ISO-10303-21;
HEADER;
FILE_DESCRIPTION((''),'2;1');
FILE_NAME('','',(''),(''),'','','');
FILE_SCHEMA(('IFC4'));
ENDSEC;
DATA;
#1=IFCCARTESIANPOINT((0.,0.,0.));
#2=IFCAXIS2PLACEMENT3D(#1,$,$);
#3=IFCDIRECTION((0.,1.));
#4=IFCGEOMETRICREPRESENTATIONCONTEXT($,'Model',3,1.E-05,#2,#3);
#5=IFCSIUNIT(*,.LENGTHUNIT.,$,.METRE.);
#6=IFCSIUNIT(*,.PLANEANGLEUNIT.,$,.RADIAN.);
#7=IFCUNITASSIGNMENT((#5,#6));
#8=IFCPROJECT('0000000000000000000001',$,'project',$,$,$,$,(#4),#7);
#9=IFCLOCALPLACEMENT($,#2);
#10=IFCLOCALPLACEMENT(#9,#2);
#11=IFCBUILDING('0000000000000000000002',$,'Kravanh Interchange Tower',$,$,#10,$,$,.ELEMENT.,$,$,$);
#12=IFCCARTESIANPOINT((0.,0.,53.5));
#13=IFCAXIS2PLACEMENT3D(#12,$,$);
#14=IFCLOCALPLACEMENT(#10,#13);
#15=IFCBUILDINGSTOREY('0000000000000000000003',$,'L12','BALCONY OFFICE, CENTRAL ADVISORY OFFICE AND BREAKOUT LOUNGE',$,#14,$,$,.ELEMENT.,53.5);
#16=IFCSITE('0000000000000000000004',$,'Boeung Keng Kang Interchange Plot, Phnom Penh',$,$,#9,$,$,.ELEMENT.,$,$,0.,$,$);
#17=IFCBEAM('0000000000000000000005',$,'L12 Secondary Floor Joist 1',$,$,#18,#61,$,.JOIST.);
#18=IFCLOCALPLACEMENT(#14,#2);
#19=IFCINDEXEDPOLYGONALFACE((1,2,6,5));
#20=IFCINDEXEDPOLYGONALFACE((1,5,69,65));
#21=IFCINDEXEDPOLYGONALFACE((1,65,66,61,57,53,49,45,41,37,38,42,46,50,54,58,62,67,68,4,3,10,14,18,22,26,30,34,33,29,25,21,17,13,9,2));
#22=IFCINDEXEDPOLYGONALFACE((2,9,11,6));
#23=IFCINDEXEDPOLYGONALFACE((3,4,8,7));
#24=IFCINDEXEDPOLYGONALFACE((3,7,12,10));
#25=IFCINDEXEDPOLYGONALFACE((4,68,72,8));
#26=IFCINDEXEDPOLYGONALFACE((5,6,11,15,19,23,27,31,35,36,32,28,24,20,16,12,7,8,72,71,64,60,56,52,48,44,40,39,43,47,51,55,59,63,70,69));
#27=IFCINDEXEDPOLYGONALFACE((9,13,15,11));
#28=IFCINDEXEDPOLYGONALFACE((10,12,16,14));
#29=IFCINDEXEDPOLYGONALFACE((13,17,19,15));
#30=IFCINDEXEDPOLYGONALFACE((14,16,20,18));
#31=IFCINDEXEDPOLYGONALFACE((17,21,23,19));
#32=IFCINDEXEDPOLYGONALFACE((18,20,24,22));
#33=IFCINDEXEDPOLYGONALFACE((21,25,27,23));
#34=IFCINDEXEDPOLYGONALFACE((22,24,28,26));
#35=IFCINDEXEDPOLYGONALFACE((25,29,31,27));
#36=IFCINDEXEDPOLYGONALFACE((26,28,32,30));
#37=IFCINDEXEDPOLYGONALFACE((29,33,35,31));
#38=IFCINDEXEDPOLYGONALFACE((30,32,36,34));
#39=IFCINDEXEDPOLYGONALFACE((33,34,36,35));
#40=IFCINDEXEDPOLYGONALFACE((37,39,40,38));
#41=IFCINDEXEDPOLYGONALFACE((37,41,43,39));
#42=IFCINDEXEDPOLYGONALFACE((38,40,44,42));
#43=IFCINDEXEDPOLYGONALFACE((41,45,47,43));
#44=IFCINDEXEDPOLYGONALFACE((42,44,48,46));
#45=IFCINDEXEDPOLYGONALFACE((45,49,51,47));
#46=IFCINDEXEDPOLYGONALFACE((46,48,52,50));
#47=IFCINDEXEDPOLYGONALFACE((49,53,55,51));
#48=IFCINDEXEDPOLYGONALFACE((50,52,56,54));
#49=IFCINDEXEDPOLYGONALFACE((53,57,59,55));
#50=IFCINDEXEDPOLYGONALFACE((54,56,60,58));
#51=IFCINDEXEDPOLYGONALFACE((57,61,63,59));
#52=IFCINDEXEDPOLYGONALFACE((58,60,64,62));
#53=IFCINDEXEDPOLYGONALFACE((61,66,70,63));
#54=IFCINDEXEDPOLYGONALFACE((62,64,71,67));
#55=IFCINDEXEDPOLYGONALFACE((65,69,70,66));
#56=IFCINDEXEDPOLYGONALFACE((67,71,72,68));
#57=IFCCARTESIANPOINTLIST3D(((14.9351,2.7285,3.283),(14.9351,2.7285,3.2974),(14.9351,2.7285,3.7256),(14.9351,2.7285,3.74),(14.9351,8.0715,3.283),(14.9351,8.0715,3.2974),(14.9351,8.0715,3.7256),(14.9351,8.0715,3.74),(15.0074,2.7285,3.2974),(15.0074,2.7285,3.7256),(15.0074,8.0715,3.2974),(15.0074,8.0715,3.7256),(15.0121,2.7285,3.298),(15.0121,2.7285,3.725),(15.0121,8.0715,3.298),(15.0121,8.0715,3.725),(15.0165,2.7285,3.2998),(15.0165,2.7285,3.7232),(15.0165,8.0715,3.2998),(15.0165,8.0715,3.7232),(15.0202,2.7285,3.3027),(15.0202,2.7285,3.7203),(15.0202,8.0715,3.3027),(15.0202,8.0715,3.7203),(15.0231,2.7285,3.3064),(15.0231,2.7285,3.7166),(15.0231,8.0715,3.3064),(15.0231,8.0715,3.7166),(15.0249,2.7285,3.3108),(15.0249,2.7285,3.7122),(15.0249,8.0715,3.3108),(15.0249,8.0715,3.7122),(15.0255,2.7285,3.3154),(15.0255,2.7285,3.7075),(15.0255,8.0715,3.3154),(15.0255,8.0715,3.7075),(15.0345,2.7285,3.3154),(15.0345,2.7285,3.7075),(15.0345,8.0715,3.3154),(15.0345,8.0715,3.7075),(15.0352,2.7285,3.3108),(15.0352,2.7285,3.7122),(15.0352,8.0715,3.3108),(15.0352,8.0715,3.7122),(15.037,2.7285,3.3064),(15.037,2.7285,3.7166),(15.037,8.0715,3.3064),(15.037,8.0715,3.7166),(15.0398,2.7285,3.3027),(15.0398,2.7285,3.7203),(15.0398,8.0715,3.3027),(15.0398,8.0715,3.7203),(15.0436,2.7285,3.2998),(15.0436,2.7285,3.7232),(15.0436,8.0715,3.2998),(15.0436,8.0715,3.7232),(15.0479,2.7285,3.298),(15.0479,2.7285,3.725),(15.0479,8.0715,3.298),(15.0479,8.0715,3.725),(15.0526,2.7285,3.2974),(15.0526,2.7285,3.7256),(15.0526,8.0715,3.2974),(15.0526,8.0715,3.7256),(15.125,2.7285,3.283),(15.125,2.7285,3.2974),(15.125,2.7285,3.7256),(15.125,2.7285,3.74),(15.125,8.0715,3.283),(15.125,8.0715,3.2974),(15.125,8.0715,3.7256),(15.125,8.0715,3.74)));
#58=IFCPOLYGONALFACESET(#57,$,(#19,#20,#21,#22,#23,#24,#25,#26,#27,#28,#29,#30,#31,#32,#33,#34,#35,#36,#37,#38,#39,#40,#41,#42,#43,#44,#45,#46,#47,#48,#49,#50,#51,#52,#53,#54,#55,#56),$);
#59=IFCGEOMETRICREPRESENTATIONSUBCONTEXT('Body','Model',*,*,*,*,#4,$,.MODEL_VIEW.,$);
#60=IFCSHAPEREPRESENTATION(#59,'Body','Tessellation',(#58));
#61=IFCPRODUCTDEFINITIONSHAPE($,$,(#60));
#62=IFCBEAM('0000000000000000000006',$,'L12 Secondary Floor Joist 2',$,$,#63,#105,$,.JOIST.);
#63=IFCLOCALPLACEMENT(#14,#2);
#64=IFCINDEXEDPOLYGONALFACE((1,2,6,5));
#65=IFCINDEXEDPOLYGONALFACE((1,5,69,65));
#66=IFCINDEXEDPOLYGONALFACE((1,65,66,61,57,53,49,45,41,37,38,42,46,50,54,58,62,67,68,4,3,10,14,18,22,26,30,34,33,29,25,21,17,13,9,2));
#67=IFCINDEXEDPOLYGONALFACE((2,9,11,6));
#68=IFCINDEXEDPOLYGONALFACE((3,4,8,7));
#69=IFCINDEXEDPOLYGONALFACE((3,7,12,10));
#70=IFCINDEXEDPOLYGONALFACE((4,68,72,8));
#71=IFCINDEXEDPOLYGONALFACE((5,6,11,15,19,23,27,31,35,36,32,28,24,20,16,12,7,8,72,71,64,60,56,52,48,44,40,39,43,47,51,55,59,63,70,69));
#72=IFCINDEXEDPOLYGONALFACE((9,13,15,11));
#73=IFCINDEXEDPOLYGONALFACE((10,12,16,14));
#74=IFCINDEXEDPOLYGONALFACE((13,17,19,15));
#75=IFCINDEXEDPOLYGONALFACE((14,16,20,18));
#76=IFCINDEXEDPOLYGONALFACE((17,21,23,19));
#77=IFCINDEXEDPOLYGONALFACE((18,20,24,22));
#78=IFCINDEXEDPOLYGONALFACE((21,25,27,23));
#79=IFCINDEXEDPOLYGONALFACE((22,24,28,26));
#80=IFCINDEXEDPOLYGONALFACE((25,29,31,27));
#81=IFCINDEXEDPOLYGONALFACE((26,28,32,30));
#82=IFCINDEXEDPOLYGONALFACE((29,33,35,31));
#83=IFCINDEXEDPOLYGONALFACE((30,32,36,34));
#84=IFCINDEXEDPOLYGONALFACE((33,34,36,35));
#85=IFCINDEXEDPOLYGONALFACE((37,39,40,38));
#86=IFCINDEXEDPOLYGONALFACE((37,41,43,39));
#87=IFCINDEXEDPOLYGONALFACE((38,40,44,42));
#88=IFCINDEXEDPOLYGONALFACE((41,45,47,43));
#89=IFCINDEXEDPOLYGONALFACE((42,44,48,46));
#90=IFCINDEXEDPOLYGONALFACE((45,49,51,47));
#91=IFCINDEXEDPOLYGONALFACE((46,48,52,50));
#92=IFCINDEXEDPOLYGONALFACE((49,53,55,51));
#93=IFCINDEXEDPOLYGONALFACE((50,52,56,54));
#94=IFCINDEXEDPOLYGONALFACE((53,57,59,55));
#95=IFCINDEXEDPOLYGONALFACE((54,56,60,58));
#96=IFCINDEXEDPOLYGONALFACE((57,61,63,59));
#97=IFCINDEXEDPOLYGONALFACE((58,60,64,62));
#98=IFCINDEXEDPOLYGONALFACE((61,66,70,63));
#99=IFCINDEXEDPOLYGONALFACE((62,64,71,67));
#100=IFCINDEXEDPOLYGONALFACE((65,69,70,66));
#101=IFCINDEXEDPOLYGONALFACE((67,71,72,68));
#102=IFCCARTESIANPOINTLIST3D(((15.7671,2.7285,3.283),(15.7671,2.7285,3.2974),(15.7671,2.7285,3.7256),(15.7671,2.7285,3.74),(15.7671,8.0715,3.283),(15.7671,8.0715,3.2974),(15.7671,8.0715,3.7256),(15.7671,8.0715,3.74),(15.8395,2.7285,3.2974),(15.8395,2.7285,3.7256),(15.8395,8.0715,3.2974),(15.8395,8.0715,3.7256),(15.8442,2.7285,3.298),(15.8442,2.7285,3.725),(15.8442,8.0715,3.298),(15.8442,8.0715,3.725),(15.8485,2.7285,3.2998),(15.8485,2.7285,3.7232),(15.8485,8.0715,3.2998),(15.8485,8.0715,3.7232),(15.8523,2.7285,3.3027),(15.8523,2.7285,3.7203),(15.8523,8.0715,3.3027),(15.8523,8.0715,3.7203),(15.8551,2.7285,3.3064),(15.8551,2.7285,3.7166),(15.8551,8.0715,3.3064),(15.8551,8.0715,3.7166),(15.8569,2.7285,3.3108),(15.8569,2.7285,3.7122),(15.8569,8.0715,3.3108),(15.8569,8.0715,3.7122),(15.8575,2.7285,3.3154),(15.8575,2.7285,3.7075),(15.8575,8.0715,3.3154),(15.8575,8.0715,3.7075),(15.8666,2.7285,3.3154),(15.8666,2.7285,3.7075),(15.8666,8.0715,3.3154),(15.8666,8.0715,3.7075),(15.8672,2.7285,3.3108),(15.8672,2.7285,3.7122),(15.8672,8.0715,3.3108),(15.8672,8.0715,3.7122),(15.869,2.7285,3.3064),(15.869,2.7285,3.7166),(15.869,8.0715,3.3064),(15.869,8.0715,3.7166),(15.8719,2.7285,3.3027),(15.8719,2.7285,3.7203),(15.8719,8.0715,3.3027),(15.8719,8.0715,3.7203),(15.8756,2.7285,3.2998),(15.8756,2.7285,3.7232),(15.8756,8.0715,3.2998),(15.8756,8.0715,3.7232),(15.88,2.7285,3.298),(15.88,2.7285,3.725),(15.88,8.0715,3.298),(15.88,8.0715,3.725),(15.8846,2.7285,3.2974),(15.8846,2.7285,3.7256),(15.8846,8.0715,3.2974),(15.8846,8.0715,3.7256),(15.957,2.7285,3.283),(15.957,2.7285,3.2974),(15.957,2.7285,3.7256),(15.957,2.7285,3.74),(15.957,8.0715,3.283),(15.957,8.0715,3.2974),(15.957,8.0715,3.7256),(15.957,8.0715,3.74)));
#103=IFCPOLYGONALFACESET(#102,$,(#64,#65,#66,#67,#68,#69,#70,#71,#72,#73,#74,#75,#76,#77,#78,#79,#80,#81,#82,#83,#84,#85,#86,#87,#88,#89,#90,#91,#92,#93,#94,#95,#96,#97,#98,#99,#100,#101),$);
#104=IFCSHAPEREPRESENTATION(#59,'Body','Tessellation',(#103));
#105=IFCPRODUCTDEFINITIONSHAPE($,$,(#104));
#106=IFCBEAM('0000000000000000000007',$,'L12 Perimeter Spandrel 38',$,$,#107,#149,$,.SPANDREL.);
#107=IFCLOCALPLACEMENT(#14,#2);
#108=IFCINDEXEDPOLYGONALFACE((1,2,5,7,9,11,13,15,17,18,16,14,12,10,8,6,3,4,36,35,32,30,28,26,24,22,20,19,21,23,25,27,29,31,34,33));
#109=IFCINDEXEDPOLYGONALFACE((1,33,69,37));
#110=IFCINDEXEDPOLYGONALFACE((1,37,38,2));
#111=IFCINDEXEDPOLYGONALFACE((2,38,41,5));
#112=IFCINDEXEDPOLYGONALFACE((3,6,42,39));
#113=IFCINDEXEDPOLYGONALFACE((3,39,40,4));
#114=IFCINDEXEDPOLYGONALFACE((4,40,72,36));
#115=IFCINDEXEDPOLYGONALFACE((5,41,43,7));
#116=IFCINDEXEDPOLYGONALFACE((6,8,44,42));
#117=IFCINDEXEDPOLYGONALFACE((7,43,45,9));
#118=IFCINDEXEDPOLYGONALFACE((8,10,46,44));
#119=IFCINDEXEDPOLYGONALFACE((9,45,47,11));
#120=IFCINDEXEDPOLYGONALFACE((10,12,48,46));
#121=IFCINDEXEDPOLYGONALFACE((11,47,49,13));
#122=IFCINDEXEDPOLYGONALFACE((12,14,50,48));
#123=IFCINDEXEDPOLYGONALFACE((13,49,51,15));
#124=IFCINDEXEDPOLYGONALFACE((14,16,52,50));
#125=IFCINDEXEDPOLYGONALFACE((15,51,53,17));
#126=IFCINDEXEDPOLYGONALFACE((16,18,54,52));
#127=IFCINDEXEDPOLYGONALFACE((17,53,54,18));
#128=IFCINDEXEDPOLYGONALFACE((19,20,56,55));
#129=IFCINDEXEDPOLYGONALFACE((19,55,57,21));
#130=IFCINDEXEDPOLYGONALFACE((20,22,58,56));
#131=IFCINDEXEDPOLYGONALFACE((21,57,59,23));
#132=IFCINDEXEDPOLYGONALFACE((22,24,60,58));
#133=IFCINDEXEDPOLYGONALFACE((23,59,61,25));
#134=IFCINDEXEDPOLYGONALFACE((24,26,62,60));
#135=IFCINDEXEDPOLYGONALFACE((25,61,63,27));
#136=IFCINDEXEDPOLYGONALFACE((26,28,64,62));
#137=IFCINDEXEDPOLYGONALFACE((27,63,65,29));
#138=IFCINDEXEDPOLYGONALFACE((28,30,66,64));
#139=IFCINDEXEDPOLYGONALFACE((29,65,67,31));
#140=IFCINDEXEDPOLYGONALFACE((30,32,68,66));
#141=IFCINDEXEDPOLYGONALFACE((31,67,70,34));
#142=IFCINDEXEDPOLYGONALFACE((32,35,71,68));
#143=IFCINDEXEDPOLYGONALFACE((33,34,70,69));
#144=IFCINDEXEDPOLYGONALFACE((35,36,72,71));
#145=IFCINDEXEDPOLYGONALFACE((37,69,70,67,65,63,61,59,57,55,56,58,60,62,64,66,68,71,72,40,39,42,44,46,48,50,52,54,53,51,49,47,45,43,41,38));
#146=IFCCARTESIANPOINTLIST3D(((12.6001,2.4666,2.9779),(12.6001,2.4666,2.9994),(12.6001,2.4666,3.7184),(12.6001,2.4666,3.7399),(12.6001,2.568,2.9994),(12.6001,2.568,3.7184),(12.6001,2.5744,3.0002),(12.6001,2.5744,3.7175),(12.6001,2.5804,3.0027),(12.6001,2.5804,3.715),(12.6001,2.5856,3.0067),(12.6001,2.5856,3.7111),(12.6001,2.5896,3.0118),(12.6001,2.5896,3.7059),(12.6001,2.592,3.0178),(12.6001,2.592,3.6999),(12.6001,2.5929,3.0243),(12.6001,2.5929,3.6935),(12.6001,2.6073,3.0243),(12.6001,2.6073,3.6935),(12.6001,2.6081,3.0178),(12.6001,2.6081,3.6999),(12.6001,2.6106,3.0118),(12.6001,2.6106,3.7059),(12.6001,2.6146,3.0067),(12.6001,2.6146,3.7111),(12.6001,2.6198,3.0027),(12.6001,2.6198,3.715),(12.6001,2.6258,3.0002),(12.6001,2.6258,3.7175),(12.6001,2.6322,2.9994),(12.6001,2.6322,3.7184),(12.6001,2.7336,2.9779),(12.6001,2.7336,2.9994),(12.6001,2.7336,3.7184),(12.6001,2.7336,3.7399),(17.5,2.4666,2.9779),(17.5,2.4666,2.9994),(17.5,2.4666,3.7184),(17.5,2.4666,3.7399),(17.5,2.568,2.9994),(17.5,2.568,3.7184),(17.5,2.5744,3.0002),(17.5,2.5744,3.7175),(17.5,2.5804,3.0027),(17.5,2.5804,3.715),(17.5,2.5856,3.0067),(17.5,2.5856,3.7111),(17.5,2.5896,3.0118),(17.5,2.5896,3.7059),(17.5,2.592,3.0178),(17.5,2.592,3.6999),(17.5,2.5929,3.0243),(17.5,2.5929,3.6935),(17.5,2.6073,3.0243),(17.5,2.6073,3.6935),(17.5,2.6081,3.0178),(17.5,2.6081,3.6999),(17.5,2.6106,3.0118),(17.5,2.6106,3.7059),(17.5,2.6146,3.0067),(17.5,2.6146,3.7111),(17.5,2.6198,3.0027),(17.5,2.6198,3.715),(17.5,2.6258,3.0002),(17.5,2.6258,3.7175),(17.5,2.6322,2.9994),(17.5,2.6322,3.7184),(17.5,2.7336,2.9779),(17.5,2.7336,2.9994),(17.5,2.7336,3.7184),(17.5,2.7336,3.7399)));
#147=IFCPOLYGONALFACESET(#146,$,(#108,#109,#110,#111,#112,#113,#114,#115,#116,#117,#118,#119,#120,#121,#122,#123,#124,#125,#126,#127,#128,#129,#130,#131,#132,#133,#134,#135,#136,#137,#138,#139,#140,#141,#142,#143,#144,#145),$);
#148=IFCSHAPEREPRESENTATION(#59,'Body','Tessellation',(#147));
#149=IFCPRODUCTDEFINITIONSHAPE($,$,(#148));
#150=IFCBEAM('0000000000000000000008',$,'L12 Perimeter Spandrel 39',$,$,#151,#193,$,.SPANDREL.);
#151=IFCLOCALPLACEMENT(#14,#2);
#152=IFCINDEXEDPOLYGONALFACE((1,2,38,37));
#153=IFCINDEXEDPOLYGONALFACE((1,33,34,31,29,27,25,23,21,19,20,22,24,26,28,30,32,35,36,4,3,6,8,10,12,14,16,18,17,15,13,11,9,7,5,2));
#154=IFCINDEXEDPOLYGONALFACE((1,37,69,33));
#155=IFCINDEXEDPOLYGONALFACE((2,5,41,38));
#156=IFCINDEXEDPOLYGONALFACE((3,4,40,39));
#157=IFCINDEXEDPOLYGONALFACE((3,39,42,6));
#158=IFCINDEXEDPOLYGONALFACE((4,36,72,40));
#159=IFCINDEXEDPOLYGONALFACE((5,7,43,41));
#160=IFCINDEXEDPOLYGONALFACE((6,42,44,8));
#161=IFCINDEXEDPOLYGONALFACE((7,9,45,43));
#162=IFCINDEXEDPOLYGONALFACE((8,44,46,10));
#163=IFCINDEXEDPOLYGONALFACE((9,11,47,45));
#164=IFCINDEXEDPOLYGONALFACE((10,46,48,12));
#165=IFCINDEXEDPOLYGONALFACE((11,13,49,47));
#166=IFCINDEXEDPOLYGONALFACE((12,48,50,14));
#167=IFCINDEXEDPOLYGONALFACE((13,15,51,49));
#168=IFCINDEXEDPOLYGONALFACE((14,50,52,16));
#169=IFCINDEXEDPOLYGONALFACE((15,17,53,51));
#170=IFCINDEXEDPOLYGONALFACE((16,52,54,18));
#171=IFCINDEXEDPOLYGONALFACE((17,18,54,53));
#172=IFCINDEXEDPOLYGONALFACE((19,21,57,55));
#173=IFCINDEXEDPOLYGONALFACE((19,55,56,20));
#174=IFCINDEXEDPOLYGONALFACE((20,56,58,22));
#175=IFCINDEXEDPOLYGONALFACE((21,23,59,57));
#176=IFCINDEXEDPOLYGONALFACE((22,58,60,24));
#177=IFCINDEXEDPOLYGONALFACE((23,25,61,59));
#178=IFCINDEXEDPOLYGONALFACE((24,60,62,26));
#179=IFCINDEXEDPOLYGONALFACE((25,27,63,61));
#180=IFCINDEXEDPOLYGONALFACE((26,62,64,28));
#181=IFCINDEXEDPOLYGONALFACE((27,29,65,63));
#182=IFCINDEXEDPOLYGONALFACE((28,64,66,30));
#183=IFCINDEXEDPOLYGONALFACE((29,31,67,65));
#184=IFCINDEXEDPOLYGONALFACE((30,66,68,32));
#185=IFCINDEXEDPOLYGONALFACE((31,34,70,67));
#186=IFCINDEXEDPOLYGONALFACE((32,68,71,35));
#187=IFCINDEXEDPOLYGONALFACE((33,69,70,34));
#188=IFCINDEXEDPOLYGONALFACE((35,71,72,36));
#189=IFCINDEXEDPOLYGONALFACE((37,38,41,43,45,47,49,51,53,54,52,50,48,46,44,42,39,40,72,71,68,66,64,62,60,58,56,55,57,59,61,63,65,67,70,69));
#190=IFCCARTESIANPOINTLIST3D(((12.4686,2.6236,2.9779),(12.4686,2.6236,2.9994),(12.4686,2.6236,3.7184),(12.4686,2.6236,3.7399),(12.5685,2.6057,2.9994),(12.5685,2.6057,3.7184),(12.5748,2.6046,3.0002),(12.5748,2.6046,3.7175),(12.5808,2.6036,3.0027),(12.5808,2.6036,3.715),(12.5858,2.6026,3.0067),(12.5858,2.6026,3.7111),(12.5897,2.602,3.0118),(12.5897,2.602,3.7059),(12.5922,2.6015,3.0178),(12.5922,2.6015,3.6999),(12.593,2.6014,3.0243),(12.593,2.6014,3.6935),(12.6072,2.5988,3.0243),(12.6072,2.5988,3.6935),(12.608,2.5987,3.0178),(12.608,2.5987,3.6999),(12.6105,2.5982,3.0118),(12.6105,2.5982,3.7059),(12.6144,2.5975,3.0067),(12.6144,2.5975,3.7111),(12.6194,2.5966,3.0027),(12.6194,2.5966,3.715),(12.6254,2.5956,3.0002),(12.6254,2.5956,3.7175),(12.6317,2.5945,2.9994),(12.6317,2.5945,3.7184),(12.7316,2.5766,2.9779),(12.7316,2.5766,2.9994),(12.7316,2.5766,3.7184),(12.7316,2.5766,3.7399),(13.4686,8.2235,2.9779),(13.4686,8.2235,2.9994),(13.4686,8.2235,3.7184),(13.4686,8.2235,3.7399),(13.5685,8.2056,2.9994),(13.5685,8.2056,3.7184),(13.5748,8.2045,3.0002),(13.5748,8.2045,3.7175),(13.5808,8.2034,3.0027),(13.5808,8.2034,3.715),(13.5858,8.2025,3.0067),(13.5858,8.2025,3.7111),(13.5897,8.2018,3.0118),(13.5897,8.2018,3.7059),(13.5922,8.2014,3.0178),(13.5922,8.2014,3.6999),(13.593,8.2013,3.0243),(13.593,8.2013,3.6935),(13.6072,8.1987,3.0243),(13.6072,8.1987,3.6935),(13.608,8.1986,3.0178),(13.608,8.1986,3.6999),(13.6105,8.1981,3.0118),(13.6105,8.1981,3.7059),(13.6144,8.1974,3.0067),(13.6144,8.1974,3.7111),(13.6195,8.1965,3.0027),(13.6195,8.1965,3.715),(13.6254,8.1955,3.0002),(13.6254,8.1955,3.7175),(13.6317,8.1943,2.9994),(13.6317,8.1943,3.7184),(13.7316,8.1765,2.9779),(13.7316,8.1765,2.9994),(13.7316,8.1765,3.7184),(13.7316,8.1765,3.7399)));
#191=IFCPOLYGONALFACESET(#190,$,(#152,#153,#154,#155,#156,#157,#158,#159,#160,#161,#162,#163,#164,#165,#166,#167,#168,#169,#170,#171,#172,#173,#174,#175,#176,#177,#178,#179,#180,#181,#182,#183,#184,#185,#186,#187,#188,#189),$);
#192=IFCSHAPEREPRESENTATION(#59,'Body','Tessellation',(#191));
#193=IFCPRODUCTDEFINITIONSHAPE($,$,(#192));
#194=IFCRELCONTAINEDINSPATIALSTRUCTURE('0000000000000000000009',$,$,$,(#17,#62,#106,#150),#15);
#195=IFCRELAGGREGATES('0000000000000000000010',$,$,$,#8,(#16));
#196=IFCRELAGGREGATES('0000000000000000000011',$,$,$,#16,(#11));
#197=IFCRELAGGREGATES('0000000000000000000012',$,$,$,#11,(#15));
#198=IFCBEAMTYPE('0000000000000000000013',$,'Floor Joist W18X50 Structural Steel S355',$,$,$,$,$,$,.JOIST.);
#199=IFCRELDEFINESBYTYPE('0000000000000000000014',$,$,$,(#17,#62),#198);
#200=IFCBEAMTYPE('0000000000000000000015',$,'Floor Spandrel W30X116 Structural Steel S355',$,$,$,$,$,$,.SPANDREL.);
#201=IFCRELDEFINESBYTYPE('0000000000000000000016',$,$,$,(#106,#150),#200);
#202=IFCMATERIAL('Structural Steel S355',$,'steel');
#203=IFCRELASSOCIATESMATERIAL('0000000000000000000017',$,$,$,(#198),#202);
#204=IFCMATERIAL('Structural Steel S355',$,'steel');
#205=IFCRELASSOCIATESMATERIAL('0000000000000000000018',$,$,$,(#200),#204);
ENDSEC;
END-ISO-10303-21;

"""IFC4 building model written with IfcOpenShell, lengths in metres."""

from ifc_helpers import new_model, si_unit, direction, frame, origin, origin_2d, place, context, subcontext, project, spatial, i_section, extrude, material, material_profile, profile_set, type_object, element, save


model = new_model("IFC4")

# Units and contexts
model_context = context("Model", 3, precision=1e-05, world=origin(), true_north=direction((0.0, 1.0)))
body_context = subcontext(model_context, "Body", "Model", "MODEL_VIEW")
ifc_project = project(units=[si_unit("LENGTHUNIT", "METRE"), si_unit("PLANEANGLEUNIT", "RADIAN")], contexts=[model_context])

# Site, building, storey
site_placement = place(None, origin())
site = spatial("IfcSite", under=ifc_project, at=site_placement, Name="Boeung Keng Kang Interchange Plot, Phnom Penh", CompositionType="ELEMENT", RefElevation=0.0)
building_placement = place(site_placement, origin())
building = spatial("IfcBuilding", under=site, at=building_placement, Name="Kravanh Interchange Tower", CompositionType="ELEMENT")
storey_placement = place(building_placement, frame((0.0, 0.0, 53.5)))
storey = spatial("IfcBuildingStorey", under=building, at=storey_placement, Name="L12", Description="BALCONY OFFICE, CENTRAL ADVISORY OFFICE AND BREAKOUT LOUNGE", CompositionType="ELEMENT", Elevation=53.5)

# Beams
ifc_material_1 = material(Name="Structural Steel S355", Category="steel")
ifc_material_profile_1 = material_profile(ifc_material_1, i_section(OverallWidth=0.1899, OverallDepth=0.457, WebThickness=0.009, FlangeThickness=0.0144, FilletRadius=0.0181, at=origin_2d()), Name="W18X50")
ifc_profile_set_1 = profile_set([ifc_material_profile_1], Name="Structural Steel S355")
beam_type_1 = type_object("IfcBeamType", Name="Floor Joist W18X50 Structural Steel S355", PredefinedType="JOIST", material=ifc_profile_set_1)
for number, where, z_axis, x_axis, name in (
    (1, (15.03, 2.7285, 3.5115), (0.0, 1.0, 0.0), (-1.0, 0.0, 0.0), "L12 Secondary Floor Joist 1"),
    (2, (15.8621, 2.7285, 3.5115), (0.0, 1.0, 0.0), (-1.0, 0.0, 0.0), "L12 Secondary Floor Joist 2"),
):
    element("IfcBeam", number, at=place(storey_placement, frame(where, z_axis=z_axis, x_axis=x_axis)), inside=storey, type_object=beam_type_1, Name=name, PredefinedType="JOIST", context=body_context, shape_type="SweptSolid", body=[
        extrude(i_section(OverallWidth=0.1899, OverallDepth=0.457, WebThickness=0.009, FlangeThickness=0.0144, FilletRadius=0.0181, at=origin_2d()), origin(), (0.0, 0.0, 1.0), 5.343),
    ])
ifc_material_2 = material(Name="Structural Steel S355", Category="steel")
ifc_material_profile_2 = material_profile(ifc_material_2, i_section(OverallWidth=0.2671, OverallDepth=0.762, WebThickness=0.0144, FlangeThickness=0.0215, FilletRadius=0.0249, at=origin_2d()), Name="W30X116")
ifc_profile_set_2 = profile_set([ifc_material_profile_2], Name="Structural Steel S355")
beam_type_2 = type_object("IfcBeamType", Name="Floor Spandrel W30X116 Structural Steel S355", PredefinedType="SPANDREL", material=ifc_profile_set_2)
beam_1_placement = place(storey_placement, frame((12.6001, 2.6001, 3.3589), z_axis=(1.0, 0.0, 0.0), x_axis=(0.0, 1.0, 0.0)))
element("IfcBeam", 3, at=beam_1_placement, inside=storey, type_object=beam_type_2, Name="L12 Perimeter Spandrel 38", PredefinedType="SPANDREL", context=body_context, shape_type="SweptSolid", body=[
    extrude(i_section(OverallWidth=0.2671, OverallDepth=0.762, WebThickness=0.0144, FlangeThickness=0.0215, FilletRadius=0.0249, at=origin_2d()), origin(), (0.0, 0.0, 1.0), 4.8999),
])
beam_2_placement = place(storey_placement, frame((12.6001, 2.6001, 3.3589), z_axis=(0.175795, 0.984427, 0.0), x_axis=(-0.984427, 0.175795, 0.0)))
element("IfcBeam", 4, at=beam_2_placement, inside=storey, type_object=beam_type_2, Name="L12 Perimeter Spandrel 39", PredefinedType="SPANDREL", context=body_context, shape_type="SweptSolid", body=[
    extrude(i_section(OverallWidth=0.2671, OverallDepth=0.762, WebThickness=0.0144, FlangeThickness=0.0215, FilletRadius=0.0249, at=origin_2d()), origin(), (0.0, 0.0, 1.0), 5.6885),
])

save(model, "model.ifc")
